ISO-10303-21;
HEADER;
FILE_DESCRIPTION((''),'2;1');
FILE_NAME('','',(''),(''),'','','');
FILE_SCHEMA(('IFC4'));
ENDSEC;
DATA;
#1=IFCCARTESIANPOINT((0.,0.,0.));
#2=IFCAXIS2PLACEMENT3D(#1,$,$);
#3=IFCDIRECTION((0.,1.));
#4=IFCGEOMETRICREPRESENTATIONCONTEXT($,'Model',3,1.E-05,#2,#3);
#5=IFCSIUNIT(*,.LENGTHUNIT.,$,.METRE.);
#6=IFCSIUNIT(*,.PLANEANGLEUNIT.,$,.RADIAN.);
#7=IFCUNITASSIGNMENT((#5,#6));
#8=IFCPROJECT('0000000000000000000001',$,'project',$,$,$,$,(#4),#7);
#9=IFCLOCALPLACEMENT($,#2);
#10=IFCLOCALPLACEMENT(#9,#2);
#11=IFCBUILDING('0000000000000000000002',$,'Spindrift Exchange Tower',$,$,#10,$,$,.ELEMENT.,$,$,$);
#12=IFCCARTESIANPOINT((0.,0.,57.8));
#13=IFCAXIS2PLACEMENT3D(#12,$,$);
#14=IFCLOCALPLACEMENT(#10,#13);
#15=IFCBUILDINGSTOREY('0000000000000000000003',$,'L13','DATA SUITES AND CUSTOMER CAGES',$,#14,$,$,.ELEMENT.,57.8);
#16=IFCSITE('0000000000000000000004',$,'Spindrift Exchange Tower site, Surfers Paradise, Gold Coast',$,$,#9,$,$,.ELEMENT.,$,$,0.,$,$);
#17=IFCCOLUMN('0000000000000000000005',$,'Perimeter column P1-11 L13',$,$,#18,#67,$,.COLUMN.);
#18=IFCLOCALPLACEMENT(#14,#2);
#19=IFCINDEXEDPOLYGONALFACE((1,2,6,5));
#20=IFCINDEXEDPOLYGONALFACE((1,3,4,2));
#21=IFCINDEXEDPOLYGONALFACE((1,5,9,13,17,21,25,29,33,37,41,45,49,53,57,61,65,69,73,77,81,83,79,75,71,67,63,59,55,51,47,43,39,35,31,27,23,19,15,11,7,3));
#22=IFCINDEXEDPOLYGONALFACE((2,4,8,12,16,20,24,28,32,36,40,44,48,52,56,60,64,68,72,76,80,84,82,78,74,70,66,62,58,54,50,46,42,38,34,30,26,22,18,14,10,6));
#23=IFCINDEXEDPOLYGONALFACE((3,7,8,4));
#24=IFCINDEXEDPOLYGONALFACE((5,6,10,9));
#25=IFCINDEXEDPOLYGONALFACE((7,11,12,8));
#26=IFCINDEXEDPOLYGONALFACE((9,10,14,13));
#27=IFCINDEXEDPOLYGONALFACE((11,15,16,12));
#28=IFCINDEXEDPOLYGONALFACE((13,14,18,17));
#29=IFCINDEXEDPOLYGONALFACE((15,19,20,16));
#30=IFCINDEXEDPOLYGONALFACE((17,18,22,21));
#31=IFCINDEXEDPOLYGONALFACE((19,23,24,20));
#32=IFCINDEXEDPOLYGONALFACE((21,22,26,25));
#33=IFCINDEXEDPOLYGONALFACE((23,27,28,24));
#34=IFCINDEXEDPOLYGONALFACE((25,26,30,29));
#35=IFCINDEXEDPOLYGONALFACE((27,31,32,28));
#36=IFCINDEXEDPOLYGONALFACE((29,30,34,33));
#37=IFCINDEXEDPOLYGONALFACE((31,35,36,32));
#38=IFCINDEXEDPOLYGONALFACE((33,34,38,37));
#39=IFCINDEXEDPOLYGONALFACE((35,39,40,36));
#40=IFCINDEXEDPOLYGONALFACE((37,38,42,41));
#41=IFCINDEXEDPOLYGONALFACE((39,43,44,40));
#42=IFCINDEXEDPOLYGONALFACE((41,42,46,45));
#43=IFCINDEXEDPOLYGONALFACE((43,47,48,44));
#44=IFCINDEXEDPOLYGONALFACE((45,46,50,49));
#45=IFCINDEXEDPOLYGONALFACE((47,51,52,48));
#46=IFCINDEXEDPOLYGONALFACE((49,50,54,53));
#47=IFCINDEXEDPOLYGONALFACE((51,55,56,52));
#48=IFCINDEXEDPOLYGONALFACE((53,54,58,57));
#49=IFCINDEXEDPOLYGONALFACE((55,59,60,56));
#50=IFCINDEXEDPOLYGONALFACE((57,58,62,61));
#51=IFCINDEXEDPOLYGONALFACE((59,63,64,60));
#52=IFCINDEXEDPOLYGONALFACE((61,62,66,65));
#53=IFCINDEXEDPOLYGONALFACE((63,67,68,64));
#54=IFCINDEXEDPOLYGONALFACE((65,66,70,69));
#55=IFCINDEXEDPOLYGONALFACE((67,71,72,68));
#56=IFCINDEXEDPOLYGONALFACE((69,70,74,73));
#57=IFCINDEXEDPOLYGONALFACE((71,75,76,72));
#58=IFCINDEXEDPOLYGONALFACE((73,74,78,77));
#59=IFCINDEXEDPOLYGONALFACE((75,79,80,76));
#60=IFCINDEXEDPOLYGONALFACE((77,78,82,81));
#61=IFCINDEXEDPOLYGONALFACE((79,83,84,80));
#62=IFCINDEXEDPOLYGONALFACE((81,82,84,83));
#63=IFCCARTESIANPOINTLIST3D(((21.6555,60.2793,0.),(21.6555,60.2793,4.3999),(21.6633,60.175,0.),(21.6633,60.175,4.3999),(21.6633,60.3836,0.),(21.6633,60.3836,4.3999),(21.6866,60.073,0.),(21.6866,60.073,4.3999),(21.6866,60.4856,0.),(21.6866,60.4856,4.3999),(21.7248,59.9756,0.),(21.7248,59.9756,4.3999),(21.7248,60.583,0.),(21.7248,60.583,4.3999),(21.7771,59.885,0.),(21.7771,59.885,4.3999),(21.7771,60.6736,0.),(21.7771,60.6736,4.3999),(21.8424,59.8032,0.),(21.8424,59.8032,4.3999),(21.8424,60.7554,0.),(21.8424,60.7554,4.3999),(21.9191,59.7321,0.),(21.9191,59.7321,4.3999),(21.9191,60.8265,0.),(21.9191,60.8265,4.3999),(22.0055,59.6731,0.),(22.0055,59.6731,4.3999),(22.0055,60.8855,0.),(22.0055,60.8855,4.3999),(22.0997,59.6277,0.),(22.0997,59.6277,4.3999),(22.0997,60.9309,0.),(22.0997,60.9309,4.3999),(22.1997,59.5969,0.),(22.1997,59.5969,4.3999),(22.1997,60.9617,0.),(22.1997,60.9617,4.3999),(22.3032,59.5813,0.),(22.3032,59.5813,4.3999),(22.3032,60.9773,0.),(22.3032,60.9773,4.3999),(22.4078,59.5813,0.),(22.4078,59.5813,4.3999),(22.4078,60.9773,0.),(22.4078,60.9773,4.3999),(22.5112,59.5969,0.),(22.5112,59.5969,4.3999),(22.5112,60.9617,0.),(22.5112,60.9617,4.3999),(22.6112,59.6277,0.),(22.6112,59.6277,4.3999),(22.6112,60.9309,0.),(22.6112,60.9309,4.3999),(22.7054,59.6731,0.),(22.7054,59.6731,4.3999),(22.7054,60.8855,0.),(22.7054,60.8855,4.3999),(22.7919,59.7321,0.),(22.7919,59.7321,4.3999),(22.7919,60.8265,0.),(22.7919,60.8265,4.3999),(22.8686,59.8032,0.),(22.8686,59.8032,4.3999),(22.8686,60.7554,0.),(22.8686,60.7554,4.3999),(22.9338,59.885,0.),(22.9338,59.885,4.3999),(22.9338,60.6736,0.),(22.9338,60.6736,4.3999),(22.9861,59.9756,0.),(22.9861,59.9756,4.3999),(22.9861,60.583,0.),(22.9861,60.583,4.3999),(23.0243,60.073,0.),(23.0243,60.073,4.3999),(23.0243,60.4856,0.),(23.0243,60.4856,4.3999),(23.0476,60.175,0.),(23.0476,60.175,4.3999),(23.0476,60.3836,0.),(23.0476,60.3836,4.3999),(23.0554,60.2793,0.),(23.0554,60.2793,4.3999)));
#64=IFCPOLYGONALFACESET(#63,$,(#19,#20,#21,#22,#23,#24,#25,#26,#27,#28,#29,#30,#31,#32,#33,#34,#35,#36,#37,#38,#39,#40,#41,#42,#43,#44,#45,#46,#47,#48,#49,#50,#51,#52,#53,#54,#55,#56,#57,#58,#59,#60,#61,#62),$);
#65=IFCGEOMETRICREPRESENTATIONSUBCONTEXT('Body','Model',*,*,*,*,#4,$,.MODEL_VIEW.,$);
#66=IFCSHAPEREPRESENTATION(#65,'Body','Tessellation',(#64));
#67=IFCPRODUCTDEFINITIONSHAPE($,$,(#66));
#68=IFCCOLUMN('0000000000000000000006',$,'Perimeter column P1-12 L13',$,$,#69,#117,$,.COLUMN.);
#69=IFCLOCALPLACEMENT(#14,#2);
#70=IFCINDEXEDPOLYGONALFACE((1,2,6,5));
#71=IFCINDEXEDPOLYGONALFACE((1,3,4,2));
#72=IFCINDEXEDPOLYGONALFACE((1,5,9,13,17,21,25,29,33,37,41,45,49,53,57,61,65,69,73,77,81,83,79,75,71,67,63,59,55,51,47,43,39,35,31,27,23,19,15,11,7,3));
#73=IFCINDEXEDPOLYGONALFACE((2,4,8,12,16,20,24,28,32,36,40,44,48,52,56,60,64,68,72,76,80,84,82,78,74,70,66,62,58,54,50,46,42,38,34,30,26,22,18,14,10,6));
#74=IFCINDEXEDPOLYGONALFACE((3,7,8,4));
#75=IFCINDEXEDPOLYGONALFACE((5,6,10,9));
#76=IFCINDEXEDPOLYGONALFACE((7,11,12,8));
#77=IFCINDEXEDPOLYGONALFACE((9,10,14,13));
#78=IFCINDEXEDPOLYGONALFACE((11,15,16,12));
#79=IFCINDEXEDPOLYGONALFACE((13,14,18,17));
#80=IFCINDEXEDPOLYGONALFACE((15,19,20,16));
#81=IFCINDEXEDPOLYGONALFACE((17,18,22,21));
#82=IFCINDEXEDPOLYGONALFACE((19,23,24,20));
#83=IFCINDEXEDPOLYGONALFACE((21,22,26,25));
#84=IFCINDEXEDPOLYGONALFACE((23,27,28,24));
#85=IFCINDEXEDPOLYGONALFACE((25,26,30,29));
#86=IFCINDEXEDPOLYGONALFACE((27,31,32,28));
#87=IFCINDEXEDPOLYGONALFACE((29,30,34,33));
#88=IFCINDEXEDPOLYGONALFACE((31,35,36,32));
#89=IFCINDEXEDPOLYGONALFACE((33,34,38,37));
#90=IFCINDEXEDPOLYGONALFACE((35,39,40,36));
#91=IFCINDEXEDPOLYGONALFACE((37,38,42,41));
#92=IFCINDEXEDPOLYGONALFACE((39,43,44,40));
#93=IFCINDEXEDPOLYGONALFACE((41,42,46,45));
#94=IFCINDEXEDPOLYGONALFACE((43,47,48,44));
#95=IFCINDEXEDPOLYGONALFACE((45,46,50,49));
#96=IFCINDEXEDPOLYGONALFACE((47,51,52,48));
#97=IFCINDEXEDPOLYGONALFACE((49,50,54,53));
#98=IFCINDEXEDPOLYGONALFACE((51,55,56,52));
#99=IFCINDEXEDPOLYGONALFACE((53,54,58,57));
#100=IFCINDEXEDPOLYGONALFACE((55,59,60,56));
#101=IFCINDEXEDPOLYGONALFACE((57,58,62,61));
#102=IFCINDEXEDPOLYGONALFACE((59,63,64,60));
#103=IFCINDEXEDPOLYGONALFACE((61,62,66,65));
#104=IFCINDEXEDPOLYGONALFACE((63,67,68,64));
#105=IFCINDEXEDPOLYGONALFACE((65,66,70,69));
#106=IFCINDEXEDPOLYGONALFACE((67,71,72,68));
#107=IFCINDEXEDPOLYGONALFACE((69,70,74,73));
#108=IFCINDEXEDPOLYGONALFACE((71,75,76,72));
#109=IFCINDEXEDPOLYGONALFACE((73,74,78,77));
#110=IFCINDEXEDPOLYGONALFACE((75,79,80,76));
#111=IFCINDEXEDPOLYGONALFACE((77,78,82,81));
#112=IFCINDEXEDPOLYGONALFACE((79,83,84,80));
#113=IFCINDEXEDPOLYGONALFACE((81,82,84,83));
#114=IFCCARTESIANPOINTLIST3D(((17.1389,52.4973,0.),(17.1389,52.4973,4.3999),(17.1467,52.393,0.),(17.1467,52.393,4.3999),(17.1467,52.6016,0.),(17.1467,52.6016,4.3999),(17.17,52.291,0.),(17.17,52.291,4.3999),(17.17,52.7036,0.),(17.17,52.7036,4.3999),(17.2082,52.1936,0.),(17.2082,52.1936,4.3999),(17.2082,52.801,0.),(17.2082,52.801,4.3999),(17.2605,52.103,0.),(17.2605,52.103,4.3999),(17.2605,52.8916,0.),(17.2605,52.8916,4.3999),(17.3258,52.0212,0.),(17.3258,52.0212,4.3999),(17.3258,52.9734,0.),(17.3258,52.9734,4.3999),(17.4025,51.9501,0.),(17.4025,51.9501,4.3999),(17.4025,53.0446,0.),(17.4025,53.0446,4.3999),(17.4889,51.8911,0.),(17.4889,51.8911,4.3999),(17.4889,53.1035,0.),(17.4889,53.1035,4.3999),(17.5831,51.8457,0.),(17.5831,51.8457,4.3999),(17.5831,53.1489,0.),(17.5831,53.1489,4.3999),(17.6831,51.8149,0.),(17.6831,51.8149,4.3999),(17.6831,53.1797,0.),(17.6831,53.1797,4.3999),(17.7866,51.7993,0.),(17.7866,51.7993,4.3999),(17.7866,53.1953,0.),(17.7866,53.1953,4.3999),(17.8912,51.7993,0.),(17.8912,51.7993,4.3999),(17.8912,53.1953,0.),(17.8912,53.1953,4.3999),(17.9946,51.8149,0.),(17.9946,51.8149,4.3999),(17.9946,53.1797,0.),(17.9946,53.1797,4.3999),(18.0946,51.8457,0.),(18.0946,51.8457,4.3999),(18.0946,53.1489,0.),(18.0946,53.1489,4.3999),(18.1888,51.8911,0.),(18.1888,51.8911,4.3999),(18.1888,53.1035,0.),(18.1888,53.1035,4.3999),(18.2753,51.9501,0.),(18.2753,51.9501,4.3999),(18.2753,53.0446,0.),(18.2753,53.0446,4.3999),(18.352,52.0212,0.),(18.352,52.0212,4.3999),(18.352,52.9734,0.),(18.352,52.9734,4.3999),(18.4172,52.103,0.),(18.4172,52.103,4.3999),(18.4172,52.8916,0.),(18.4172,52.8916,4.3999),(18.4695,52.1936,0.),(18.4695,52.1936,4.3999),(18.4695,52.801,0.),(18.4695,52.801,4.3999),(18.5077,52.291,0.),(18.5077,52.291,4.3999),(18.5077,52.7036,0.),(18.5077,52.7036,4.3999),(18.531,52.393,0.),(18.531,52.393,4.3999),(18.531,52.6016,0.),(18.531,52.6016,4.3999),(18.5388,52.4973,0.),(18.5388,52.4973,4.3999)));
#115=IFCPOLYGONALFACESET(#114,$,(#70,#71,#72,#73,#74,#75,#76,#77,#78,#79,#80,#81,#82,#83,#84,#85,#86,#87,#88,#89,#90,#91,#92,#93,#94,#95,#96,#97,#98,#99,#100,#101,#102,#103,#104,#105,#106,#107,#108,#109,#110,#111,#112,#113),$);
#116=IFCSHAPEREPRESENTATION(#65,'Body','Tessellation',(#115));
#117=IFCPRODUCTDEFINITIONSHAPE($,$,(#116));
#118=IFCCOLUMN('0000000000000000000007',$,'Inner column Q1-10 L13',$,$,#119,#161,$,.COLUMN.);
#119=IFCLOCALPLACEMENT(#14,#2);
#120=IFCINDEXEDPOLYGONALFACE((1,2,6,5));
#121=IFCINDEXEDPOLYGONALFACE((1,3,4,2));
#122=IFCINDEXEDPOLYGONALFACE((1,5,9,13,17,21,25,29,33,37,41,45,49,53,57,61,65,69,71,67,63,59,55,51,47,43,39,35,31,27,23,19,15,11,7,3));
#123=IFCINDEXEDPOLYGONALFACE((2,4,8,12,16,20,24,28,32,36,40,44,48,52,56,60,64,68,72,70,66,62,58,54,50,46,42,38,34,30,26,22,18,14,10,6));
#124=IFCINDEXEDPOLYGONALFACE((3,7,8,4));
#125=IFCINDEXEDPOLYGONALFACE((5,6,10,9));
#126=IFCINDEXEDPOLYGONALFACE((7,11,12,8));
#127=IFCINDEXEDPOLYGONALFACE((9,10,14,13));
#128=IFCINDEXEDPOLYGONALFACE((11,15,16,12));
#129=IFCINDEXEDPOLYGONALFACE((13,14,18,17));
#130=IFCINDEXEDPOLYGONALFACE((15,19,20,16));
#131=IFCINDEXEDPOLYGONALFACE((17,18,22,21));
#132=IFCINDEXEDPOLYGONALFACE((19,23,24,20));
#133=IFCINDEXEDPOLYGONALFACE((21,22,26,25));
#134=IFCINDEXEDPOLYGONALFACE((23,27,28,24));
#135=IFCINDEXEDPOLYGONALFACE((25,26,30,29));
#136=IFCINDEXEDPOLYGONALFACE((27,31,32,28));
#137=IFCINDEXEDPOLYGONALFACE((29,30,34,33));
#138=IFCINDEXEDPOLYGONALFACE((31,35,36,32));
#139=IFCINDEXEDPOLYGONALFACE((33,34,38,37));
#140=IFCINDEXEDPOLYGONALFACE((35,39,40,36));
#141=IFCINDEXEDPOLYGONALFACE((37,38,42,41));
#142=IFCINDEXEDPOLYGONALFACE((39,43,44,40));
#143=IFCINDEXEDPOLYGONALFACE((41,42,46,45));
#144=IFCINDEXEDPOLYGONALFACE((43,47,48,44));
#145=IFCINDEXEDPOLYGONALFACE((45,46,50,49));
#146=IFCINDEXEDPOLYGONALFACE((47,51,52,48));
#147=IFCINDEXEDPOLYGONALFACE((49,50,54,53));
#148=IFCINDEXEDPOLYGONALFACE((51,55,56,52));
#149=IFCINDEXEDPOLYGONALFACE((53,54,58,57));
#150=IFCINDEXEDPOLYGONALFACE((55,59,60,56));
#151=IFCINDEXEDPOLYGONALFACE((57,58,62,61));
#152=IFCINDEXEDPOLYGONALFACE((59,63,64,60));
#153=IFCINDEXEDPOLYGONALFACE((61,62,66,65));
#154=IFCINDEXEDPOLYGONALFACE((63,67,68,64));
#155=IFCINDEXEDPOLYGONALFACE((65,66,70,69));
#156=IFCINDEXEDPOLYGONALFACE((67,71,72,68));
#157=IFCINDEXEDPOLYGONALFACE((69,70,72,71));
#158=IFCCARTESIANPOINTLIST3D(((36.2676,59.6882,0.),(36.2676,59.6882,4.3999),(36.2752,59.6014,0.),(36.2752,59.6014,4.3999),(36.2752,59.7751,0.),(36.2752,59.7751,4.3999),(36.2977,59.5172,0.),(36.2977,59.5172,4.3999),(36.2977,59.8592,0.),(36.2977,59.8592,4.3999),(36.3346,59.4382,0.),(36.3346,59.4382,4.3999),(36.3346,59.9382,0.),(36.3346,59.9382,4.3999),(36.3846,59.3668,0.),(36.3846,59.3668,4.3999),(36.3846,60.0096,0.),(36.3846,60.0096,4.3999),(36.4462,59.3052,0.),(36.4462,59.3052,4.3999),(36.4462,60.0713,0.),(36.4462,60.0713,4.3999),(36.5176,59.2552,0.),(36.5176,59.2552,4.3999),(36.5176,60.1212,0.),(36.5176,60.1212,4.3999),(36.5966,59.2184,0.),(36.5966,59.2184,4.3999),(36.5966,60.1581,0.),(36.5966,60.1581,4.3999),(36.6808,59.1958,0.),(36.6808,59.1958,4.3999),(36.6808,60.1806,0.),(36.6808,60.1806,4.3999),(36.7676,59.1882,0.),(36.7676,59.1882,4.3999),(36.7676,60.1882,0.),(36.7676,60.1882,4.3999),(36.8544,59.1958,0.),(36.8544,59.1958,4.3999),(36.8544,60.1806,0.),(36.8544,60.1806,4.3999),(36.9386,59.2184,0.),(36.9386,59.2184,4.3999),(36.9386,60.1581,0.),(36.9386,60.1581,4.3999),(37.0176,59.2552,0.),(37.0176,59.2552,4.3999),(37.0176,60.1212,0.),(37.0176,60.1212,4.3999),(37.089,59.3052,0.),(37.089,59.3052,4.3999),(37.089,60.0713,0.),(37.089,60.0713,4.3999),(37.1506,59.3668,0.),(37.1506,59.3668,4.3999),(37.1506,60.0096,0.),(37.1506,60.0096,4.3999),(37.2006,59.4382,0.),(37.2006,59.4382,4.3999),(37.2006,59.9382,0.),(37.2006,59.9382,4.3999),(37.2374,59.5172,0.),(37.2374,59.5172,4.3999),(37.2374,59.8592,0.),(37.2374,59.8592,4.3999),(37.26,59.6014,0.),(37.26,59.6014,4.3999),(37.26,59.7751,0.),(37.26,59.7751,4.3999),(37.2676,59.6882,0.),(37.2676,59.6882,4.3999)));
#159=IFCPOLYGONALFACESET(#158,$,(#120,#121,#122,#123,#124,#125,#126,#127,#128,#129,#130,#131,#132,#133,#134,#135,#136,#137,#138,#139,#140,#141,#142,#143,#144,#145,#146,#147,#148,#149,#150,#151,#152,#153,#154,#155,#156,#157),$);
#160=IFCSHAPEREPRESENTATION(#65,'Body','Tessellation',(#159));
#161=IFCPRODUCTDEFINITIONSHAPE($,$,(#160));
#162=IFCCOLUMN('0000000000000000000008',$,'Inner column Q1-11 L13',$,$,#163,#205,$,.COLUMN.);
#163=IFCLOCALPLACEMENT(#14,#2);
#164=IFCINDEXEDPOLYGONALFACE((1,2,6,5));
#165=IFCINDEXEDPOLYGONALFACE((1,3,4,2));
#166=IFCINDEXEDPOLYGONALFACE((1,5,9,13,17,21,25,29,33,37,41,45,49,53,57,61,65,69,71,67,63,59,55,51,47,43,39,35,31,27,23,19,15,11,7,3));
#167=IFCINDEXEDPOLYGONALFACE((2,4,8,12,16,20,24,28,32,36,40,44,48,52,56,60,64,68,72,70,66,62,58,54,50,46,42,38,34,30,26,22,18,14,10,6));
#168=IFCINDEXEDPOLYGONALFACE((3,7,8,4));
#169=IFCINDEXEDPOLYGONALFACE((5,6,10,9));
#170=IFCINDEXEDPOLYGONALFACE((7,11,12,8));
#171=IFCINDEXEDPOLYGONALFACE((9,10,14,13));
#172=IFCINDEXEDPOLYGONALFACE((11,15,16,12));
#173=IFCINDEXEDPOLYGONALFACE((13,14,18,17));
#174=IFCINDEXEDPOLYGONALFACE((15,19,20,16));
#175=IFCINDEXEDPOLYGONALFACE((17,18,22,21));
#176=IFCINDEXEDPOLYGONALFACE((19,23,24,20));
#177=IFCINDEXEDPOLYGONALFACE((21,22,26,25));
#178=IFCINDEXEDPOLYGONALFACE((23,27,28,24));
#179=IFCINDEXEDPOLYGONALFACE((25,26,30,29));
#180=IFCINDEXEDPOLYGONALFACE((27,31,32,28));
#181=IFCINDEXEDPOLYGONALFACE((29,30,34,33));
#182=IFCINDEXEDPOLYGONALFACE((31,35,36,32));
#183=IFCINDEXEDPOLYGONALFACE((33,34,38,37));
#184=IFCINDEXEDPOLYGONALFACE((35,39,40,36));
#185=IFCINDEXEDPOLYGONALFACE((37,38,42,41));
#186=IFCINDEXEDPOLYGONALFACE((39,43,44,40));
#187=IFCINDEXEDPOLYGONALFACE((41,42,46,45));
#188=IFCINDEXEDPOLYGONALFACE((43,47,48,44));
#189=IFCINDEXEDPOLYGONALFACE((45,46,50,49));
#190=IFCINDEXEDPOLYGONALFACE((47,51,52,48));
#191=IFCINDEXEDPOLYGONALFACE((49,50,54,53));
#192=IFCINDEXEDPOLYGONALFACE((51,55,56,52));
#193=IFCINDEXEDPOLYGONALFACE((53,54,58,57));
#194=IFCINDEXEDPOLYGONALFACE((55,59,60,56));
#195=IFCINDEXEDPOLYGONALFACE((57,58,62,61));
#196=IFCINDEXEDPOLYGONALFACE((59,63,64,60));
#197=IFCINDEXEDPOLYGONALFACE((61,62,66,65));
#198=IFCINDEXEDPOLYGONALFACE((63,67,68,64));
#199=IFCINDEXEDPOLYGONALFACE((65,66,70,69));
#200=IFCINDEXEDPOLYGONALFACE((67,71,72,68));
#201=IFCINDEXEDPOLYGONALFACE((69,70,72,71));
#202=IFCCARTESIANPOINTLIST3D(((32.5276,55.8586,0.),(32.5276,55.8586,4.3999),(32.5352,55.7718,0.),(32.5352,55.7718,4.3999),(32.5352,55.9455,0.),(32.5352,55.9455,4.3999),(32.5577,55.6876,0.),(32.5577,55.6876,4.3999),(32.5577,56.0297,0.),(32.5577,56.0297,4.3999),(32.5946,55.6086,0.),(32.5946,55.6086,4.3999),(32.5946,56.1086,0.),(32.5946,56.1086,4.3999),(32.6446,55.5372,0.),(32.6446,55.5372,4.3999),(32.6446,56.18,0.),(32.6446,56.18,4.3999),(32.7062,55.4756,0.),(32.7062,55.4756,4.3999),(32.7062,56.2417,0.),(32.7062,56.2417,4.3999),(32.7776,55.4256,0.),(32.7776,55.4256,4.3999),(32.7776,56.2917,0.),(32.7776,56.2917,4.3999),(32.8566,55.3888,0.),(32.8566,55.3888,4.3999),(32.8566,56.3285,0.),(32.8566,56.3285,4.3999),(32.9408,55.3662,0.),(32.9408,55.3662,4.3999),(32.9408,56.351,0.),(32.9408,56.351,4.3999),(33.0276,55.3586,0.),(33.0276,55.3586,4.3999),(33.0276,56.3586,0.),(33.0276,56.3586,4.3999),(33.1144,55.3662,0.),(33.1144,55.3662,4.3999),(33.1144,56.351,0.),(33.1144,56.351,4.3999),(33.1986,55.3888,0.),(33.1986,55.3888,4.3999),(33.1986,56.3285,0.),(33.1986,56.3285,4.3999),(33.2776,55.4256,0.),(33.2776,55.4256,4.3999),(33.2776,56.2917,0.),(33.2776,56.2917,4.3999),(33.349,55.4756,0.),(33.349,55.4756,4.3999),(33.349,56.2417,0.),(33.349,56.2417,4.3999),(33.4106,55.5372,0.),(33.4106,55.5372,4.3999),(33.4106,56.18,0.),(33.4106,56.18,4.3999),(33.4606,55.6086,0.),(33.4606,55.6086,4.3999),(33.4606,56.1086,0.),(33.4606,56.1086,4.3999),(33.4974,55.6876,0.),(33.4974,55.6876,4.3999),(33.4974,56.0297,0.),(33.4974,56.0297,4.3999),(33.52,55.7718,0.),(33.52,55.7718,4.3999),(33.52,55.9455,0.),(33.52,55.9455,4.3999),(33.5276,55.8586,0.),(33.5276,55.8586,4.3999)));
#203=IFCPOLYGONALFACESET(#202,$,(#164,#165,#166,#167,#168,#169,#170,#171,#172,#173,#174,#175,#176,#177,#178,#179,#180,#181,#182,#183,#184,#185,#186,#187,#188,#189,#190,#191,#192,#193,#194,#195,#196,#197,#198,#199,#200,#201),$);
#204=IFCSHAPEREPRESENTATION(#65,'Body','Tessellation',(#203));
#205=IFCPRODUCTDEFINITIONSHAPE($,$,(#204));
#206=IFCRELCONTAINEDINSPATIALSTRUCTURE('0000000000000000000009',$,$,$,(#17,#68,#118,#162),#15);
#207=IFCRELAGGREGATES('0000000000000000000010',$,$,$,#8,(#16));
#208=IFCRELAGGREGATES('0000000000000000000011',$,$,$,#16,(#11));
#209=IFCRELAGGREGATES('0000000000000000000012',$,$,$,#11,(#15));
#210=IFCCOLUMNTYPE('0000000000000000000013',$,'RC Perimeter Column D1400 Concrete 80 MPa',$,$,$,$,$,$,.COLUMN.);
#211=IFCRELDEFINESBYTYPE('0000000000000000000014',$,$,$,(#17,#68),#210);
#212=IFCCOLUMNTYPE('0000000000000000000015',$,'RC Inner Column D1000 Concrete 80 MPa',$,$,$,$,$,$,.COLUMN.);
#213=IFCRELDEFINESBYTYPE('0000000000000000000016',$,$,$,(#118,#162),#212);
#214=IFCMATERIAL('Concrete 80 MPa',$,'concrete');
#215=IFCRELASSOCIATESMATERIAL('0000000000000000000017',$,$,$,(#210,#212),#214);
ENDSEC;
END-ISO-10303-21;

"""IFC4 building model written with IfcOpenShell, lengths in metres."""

from ifc_helpers import new_model, si_unit, direction, frame, origin, origin_2d, place, context, subcontext, project, spatial, circle, extrude, source, transform, mapped, material, material_profile, profile_set, type_object, element, save


model = new_model("IFC4")

# Units and contexts
model_context = context("Model", 3, precision=1e-05, world=origin(), true_north=direction((0.0, 1.0)))
body_context = subcontext(model_context, "Body", "Model", "MODEL_VIEW")
ifc_project = project(units=[si_unit("LENGTHUNIT", "METRE"), si_unit("PLANEANGLEUNIT", "RADIAN")], contexts=[model_context])

# Site, building, storey
site_placement = place(None, origin())
site = spatial("IfcSite", under=ifc_project, at=site_placement, Name="Spindrift Exchange Tower site, Surfers Paradise, Gold Coast", CompositionType="ELEMENT", RefElevation=0.0)
building_placement = place(site_placement, origin())
building = spatial("IfcBuilding", under=site, at=building_placement, Name="Spindrift Exchange Tower", CompositionType="ELEMENT")
storey_placement = place(building_placement, frame((0.0, 0.0, 57.8)))
storey = spatial("IfcBuildingStorey", under=building, at=storey_placement, Name="L13", Description="DATA SUITES AND CUSTOMER CAGES", CompositionType="ELEMENT", Elevation=57.8)

# Columns
ifc_material_1 = material(Name="Concrete 80 MPa", Category="concrete")
ifc_material_profile_1 = material_profile(ifc_material_1, circle(Radius=0.7, at=origin_2d()), Name="RC D1400")
ifc_profile_set_1 = profile_set([ifc_material_profile_1], Name="Concrete 80 MPa")
column_type_1 = type_object("IfcColumnType", Name="RC Perimeter Column D1400 Concrete 80 MPa", PredefinedType="COLUMN", material=ifc_profile_set_1)
shared_shape_1 = source(origin(), body_context, "Body", "SweptSolid", [
    extrude(circle(Radius=0.7, at=origin_2d()), origin(), (0.0, 0.0, 1.0), 4.3999),
])
for number, where, z_axis, x_axis, name in (
    (1, (22.3555, 60.2793, 0.0), (0.0, 0.0, 1.0), (1.0, 0.0, 0.0), "Perimeter column P1-11 L13"),
    (2, (17.8389, 52.4973, 0.0), (0.0, 0.0, 1.0), (1.0, 0.0, 0.0), "Perimeter column P1-12 L13"),
):
    element("IfcColumn", number, at=place(storey_placement, frame(where, z_axis=z_axis, x_axis=x_axis)), inside=storey, type_object=column_type_1, Name=name, PredefinedType="COLUMN", context=body_context, shape_type="MappedRepresentation", body=[
        mapped(shared_shape_1, transform((0.0, 0.0, 0.0), scale=1.0)),
    ])
ifc_material_profile_2 = material_profile(ifc_material_1, circle(Radius=0.5, at=origin_2d()), Name="RC D1000")
ifc_profile_set_2 = profile_set([ifc_material_profile_2], Name="Concrete 80 MPa")
column_type_2 = type_object("IfcColumnType", Name="RC Inner Column D1000 Concrete 80 MPa", PredefinedType="COLUMN", material=ifc_profile_set_2)
shared_shape_2 = source(origin(), body_context, "Body", "SweptSolid", [
    extrude(circle(Radius=0.5, at=origin_2d()), origin(), (0.0, 0.0, 1.0), 4.3999),
])
for number, where, z_axis, x_axis, name in (
    (3, (36.7676, 59.6882, 0.0), (0.0, 0.0, 1.0), (1.0, 0.0, 0.0), "Inner column Q1-10 L13"),
    (4, (33.0276, 55.8586, 0.0), (0.0, 0.0, 1.0), (1.0, 0.0, 0.0), "Inner column Q1-11 L13"),
):
    element("IfcColumn", number, at=place(storey_placement, frame(where, z_axis=z_axis, x_axis=x_axis)), inside=storey, type_object=column_type_2, Name=name, PredefinedType="COLUMN", context=body_context, shape_type="MappedRepresentation", body=[
        mapped(shared_shape_2, transform((0.0, 0.0, 0.0), scale=1.0)),
    ])

save(model, "model.ifc")
